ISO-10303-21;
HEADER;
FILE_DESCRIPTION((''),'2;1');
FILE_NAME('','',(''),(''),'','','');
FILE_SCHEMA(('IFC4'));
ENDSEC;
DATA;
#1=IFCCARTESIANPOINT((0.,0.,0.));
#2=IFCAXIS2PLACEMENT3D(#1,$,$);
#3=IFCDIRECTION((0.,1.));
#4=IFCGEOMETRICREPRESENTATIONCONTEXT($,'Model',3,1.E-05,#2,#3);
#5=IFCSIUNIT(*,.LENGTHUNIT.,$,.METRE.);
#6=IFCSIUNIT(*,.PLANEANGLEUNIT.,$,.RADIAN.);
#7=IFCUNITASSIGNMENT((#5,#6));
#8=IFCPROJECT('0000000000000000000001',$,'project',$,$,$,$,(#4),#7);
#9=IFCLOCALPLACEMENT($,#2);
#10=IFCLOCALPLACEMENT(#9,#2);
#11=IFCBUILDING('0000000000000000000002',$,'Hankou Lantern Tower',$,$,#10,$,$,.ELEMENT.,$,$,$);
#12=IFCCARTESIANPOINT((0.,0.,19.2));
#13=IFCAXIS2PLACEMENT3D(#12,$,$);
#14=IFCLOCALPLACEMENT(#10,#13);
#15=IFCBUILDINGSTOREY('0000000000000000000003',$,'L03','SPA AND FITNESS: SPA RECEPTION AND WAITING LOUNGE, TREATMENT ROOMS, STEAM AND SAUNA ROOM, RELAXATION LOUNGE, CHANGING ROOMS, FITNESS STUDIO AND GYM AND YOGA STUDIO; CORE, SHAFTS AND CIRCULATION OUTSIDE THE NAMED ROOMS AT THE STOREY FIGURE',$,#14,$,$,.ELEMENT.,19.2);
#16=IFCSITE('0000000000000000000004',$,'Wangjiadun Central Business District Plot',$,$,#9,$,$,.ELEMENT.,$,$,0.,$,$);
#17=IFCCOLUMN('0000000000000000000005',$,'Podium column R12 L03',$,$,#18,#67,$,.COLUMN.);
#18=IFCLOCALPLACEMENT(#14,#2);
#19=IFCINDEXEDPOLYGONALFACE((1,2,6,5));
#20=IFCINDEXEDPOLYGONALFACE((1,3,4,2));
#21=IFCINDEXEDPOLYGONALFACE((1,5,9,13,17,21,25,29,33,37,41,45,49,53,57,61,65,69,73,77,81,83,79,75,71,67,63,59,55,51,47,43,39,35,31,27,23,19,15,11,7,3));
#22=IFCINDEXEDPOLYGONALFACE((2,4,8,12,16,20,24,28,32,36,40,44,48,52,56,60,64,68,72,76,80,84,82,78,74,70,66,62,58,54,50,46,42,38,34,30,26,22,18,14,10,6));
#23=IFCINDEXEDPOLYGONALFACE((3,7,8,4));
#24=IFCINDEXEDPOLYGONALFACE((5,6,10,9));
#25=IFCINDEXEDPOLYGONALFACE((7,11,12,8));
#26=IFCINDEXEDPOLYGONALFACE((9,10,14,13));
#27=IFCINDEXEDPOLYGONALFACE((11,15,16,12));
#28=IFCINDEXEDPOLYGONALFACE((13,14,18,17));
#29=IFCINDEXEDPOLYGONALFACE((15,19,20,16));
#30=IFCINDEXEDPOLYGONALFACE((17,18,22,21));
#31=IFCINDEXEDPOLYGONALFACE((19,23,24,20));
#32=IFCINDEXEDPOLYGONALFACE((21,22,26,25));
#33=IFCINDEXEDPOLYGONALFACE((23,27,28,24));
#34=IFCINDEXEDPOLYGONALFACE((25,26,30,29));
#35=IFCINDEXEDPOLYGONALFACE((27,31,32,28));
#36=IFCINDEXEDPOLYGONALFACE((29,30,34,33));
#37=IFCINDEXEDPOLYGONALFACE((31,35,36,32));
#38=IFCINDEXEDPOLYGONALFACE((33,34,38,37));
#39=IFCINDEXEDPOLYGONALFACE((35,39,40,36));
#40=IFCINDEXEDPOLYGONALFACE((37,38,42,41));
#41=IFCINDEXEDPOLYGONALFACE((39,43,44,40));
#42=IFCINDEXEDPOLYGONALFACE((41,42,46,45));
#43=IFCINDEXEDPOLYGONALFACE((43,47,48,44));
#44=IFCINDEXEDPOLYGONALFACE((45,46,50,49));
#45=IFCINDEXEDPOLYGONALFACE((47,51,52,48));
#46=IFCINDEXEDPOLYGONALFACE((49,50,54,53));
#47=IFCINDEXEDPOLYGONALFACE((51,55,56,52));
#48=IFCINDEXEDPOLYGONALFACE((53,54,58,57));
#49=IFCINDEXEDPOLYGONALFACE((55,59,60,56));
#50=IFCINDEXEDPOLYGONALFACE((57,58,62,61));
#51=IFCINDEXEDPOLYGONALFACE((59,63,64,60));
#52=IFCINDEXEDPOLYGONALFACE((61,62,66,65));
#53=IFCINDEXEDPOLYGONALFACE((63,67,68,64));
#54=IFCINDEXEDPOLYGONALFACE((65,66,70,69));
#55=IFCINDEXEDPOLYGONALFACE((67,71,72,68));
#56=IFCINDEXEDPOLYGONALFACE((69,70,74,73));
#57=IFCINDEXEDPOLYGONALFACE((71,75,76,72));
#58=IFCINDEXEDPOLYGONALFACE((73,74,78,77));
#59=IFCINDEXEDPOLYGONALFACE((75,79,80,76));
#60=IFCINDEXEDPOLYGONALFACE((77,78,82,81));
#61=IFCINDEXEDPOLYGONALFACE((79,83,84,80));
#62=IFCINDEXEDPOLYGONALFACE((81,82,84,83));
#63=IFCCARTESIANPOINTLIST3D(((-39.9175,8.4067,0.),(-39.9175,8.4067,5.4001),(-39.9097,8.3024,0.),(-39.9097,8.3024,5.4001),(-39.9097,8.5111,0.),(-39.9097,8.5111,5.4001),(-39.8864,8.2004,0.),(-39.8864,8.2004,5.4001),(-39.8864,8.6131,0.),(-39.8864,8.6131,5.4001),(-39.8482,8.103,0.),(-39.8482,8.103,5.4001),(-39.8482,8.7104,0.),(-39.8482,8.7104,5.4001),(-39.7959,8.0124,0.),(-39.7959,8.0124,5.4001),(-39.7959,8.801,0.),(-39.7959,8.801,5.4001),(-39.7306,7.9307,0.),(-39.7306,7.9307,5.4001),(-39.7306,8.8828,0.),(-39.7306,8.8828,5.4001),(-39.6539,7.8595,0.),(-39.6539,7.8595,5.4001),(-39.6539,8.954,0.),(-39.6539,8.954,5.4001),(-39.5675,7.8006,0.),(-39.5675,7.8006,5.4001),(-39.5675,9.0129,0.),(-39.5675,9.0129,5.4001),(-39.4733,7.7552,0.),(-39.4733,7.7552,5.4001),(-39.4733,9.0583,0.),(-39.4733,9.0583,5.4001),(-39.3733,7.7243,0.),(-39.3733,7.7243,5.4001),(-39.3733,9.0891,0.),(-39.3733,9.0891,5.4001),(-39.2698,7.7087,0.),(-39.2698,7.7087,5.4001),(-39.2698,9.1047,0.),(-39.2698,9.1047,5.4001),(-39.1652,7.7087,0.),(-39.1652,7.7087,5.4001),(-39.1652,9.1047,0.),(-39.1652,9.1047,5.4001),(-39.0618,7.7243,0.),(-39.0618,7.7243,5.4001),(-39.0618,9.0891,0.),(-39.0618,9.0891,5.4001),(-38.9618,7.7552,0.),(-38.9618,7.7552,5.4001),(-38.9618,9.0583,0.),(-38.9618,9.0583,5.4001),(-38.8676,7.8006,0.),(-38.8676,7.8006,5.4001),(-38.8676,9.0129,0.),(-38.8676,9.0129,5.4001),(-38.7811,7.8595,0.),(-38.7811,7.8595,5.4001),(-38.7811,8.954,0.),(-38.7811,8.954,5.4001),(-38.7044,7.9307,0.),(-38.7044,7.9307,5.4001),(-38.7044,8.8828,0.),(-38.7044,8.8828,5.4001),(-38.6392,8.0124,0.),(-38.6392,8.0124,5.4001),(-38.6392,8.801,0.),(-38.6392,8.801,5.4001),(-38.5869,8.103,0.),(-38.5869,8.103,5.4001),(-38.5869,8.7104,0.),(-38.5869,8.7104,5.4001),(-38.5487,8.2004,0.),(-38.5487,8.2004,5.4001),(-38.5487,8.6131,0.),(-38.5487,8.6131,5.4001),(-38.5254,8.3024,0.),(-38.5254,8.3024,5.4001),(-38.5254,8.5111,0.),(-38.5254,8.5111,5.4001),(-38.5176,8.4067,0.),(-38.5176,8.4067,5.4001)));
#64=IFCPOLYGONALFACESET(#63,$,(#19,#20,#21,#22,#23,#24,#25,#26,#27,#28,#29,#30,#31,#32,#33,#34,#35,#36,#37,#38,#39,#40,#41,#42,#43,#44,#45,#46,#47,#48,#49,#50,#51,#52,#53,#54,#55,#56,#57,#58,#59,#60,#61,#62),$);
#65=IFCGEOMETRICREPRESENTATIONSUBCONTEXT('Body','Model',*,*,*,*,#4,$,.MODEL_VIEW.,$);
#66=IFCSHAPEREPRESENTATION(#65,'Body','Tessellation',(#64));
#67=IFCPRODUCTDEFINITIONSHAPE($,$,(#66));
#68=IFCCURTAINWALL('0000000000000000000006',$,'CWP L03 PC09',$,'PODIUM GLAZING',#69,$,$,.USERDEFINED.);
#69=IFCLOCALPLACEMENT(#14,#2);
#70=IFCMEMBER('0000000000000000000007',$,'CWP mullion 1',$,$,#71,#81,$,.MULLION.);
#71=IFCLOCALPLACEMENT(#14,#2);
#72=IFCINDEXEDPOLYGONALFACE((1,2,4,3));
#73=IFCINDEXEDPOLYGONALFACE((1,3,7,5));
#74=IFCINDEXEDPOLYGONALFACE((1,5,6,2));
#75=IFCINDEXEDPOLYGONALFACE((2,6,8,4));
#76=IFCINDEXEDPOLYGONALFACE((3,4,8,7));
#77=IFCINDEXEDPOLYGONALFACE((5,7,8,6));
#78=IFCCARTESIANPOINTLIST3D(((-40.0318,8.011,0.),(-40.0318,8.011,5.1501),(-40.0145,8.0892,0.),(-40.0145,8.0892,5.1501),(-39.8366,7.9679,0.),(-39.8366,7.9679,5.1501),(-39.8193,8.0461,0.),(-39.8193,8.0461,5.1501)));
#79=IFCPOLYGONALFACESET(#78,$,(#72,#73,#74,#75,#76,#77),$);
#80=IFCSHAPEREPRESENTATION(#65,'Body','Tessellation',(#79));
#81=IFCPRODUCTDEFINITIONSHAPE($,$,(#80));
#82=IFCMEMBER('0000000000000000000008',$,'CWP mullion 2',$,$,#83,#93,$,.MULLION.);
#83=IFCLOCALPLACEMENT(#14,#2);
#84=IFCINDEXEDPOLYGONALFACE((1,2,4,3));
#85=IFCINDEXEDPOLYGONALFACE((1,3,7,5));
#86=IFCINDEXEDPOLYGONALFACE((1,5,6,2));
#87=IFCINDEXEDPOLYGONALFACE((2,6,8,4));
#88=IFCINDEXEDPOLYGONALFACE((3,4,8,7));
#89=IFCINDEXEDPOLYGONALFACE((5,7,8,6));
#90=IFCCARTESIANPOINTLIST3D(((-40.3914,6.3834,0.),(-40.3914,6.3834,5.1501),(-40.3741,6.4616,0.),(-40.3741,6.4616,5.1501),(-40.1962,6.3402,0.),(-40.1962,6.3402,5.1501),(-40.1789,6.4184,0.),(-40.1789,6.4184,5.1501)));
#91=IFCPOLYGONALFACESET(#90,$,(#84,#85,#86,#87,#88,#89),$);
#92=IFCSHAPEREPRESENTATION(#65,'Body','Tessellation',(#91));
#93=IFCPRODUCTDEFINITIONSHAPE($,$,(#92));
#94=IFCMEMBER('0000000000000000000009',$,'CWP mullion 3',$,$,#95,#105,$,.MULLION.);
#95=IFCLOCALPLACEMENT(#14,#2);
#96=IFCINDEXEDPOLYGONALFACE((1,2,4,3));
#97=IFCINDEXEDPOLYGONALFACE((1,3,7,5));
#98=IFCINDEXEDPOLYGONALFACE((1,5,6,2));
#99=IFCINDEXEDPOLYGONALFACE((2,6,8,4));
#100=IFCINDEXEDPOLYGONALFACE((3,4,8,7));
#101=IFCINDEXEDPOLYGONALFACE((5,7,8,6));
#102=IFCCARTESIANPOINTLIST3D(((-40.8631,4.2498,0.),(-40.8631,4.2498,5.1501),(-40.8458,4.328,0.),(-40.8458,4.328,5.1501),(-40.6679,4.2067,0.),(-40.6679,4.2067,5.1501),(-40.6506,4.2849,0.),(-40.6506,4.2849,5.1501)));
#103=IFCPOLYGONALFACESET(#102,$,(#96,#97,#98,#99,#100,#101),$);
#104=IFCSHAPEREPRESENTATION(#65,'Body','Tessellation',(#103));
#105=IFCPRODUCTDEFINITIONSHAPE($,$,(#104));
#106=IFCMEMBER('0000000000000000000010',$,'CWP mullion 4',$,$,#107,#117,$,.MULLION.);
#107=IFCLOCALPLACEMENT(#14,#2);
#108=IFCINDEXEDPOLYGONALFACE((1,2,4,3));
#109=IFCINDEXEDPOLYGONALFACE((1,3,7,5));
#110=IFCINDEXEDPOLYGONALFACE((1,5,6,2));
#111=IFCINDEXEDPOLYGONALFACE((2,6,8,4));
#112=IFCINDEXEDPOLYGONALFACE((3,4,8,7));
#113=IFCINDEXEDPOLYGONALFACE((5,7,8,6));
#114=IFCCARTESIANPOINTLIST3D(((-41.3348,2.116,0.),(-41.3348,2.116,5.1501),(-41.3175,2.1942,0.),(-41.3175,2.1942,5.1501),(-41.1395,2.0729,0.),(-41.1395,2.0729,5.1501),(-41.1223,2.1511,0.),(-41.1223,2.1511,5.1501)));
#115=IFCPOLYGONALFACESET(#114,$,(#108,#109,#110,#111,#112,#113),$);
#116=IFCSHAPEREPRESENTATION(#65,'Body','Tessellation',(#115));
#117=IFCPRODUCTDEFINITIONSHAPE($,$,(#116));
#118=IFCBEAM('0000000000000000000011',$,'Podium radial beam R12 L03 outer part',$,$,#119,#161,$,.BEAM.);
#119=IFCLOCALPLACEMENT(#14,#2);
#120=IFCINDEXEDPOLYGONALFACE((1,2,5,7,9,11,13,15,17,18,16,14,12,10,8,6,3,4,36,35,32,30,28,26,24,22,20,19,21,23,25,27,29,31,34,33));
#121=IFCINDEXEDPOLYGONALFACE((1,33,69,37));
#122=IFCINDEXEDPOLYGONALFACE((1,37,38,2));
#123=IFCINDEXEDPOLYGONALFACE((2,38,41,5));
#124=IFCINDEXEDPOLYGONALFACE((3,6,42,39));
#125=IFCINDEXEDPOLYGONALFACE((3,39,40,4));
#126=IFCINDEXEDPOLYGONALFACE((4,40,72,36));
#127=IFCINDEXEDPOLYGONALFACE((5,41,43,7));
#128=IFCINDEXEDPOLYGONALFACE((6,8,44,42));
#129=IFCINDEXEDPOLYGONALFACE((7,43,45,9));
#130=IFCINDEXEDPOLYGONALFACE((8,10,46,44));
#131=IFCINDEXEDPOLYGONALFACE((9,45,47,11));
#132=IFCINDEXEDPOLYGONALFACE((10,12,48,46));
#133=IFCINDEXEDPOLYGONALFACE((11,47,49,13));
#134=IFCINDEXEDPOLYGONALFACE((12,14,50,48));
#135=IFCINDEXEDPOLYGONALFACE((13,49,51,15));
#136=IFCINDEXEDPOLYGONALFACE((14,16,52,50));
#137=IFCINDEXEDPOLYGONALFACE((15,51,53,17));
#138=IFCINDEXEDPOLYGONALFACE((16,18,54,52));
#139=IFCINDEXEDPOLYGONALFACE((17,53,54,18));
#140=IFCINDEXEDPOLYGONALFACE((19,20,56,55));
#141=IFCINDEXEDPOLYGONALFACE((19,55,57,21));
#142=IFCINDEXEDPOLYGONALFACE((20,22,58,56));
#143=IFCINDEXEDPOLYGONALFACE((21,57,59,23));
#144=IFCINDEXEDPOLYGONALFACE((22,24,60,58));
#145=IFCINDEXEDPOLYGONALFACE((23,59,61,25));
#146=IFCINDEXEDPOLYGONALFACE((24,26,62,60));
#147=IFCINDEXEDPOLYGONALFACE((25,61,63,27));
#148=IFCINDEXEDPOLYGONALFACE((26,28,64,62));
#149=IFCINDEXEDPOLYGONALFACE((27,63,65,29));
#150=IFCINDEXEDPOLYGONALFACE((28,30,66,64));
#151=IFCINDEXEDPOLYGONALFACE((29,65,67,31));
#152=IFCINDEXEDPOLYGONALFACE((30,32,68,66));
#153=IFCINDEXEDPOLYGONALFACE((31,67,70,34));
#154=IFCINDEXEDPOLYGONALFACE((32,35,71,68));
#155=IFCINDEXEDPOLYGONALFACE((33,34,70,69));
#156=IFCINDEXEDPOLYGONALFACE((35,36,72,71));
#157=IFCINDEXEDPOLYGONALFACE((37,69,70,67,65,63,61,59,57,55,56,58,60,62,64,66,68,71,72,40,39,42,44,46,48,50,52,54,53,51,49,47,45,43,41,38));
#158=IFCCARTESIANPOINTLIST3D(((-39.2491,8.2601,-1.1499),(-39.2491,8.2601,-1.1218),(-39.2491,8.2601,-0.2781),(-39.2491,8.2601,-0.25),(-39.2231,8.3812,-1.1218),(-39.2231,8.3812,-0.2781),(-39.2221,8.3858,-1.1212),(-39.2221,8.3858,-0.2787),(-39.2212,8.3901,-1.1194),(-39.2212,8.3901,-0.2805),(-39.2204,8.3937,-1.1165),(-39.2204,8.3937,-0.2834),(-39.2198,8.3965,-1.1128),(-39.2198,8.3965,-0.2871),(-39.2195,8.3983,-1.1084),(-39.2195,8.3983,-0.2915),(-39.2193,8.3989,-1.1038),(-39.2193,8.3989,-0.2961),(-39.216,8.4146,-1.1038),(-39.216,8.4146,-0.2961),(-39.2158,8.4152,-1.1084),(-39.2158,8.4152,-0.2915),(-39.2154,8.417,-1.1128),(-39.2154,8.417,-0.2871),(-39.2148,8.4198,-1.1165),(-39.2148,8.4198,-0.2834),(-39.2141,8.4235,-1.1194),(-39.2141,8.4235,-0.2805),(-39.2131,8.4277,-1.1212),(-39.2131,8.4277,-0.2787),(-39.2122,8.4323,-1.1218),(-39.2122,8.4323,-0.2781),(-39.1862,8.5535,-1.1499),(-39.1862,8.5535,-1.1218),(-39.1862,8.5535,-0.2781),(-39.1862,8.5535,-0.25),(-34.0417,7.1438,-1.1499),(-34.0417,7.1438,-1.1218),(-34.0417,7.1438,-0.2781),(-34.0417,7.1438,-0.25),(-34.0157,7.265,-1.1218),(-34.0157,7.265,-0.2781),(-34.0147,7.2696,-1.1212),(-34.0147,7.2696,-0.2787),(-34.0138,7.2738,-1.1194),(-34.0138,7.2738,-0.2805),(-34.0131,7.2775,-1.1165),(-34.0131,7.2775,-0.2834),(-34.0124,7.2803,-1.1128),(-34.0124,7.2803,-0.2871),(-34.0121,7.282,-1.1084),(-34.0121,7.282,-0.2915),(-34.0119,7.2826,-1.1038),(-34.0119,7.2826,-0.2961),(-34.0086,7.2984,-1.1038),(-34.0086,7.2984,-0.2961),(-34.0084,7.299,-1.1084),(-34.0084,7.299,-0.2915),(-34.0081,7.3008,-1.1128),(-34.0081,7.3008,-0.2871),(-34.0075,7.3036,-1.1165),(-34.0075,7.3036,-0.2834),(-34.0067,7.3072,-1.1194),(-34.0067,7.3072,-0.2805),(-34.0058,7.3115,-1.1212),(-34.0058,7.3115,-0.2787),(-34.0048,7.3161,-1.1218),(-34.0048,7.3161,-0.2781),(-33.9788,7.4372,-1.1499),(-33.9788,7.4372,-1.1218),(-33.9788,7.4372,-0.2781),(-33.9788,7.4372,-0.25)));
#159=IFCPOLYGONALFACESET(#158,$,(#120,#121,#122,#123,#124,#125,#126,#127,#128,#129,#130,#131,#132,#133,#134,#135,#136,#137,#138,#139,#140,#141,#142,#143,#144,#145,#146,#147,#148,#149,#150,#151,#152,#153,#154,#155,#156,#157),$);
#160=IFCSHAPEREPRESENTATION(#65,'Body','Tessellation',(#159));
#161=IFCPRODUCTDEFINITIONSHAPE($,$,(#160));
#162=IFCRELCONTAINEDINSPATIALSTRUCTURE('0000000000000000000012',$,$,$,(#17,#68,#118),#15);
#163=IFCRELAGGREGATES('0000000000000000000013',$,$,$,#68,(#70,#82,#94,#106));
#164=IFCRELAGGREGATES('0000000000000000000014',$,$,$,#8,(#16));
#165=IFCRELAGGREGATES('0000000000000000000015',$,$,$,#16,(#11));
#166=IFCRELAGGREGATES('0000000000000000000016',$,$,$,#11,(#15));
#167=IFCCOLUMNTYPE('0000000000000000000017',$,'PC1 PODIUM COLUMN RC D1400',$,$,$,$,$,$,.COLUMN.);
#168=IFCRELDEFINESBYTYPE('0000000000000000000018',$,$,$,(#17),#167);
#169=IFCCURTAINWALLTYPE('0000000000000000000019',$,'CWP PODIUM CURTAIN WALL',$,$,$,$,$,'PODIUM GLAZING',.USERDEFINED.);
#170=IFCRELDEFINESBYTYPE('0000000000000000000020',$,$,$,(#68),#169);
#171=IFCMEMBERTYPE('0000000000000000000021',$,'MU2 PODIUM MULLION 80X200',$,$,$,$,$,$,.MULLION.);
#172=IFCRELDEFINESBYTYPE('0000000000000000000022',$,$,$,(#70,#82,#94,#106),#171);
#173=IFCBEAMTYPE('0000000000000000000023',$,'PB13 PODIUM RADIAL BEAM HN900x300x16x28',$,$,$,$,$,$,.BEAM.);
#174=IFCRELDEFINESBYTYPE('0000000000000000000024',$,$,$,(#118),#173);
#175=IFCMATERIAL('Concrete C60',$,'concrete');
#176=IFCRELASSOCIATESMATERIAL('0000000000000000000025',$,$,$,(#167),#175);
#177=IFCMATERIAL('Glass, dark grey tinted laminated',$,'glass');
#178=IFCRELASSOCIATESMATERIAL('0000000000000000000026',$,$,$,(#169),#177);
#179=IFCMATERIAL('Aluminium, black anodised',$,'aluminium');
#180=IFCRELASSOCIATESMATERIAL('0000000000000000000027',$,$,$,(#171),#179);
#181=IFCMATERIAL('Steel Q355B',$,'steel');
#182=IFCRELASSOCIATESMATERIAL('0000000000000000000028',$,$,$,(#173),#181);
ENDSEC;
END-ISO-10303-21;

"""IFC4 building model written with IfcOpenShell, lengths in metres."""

from ifc_helpers import new_model, si_unit, direction, frame, origin, origin_2d, place, context, subcontext, project, spatial, rectangle, circle, i_section, extrude, material, material_profile, profile_set, type_object, element, aggregate, save


model = new_model("IFC4")

# Units and contexts
model_context = context("Model", 3, precision=1e-05, world=origin(), true_north=direction((0.0, 1.0)))
body_context = subcontext(model_context, "Body", "Model", "MODEL_VIEW")
ifc_project = project(units=[si_unit("LENGTHUNIT", "METRE"), si_unit("PLANEANGLEUNIT", "RADIAN")], contexts=[model_context])

# Site, building, storey
site_placement = place(None, origin())
site = spatial("IfcSite", under=ifc_project, at=site_placement, Name="Wangjiadun Central Business District Plot", CompositionType="ELEMENT", RefElevation=0.0)
building_placement = place(site_placement, origin())
building = spatial("IfcBuilding", under=site, at=building_placement, Name="Hankou Lantern Tower", CompositionType="ELEMENT")
storey_placement = place(building_placement, frame((0.0, 0.0, 19.2)))
storey = spatial("IfcBuildingStorey", under=building, at=storey_placement, Name="L03", Description="SPA AND FITNESS: SPA RECEPTION AND WAITING LOUNGE, TREATMENT ROOMS, STEAM AND SAUNA ROOM, RELAXATION LOUNGE, CHANGING ROOMS, FITNESS STUDIO AND GYM AND YOGA STUDIO; CORE, SHAFTS AND CIRCULATION OUTSIDE THE NAMED ROOMS AT THE STOREY FIGURE", CompositionType="ELEMENT", Elevation=19.2)

# Column
ifc_material_1 = material(Name="Concrete C60", Category="concrete")
ifc_material_profile_1 = material_profile(ifc_material_1, circle(Radius=0.7, at=origin_2d()), Name="RC D1400")
ifc_profile_set_1 = profile_set([ifc_material_profile_1], Name="Concrete C60")
column_type = type_object("IfcColumnType", Name="PC1 PODIUM COLUMN RC D1400", PredefinedType="COLUMN", material=ifc_profile_set_1)
column_placement = place(storey_placement, frame((-39.2175, 8.4067, 0.0), z_axis=(0.0, 0.0, 1.0), x_axis=(1.0, 0.0, 0.0)))
element("IfcColumn", 1, at=column_placement, inside=storey, type_object=column_type, Name="Podium column R12 L03", PredefinedType="COLUMN", context=body_context, shape_type="SweptSolid", body=[
    extrude(circle(Radius=0.7, at=origin_2d()), origin(), (0.0, 0.0, 1.0), 5.4001),
])

# Curtain wall, members
ifc_material_2 = material(Name="Glass, dark grey tinted laminated", Category="glass")
curtain_wall_type = type_object("IfcCurtainWallType", Name="CWP PODIUM CURTAIN WALL", ElementType="PODIUM GLAZING", PredefinedType="USERDEFINED", material=ifc_material_2)
curtain_wall_placement = place(storey_placement, origin())
curtain_wall = element("IfcCurtainWall", 2, at=curtain_wall_placement, inside=storey, type_object=curtain_wall_type, Name="CWP L03 PC09", ObjectType="PODIUM GLAZING", PredefinedType="USERDEFINED")
ifc_material_3 = material(Name="Aluminium, black anodised", Category="aluminium")
ifc_material_profile_2 = material_profile(ifc_material_3, rectangle(XDim=0.0801, YDim=0.2, at=origin_2d()), Name="MU2 80X200")
ifc_profile_set_2 = profile_set([ifc_material_profile_2], Name="Aluminium, black anodised")
member_type_1 = type_object("IfcMemberType", Name="MU2 PODIUM MULLION 80X200", PredefinedType="MULLION", material=ifc_profile_set_2)
member_1_placement = place(storey_placement, frame((-39.9255, 8.0286, 0.0), z_axis=(0.0, 0.0, 1.0), x_axis=(-0.215821, -0.976433, 0.0)))
member_1 = element("IfcMember", 3, at=member_1_placement, type_object=member_type_1, Name="CWP mullion 1", PredefinedType="MULLION", context=body_context, shape_type="SweptSolid", body=[
    extrude(rectangle(XDim=0.0801, YDim=0.2, at=origin_2d()), origin(), (0.0, 0.0, 1.0), 5.1501),
])
member_2_placement = place(storey_placement, frame((-40.2852, 6.4009, 0.0), z_axis=(0.0, 0.0, 1.0), x_axis=(-0.215821, -0.976433, 0.0)))
member_2 = element("IfcMember", 4, at=member_2_placement, type_object=member_type_1, Name="CWP mullion 2", PredefinedType="MULLION", context=body_context, shape_type="SweptSolid", body=[
    extrude(rectangle(XDim=0.0801, YDim=0.2, at=origin_2d()), origin(), (0.0, 0.0, 1.0), 5.1501),
])
member_3_placement = place(storey_placement, frame((-40.7568, 4.2673, 0.0), z_axis=(0.0, 0.0, 1.0), x_axis=(-0.215821, -0.976433, 0.0)))
member_3 = element("IfcMember", 5, at=member_3_placement, type_object=member_type_1, Name="CWP mullion 3", PredefinedType="MULLION", context=body_context, shape_type="SweptSolid", body=[
    extrude(rectangle(XDim=0.0801, YDim=0.2, at=origin_2d()), origin(), (0.0, 0.0, 1.0), 5.1501),
])
member_4_placement = place(storey_placement, frame((-41.2285, 2.1335, 0.0), z_axis=(0.0, 0.0, 1.0), x_axis=(-0.215821, -0.976433, 0.0)))
member_4 = element("IfcMember", 6, at=member_4_placement, type_object=member_type_1, Name="CWP mullion 4", PredefinedType="MULLION", context=body_context, shape_type="SweptSolid", body=[
    extrude(rectangle(XDim=0.0801, YDim=0.2, at=origin_2d()), origin(), (0.0, 0.0, 1.0), 5.1501),
])

# Beam
ifc_material_4 = material(Name="Steel Q355B", Category="steel")
ifc_material_profile_3 = material_profile(ifc_material_4, i_section(OverallWidth=0.3, OverallDepth=0.8999, WebThickness=0.0161, FlangeThickness=0.0281, FilletRadius=0.0181, at=origin_2d()), Name="HN900x300x16x28")
ifc_profile_set_3 = profile_set([ifc_material_profile_3], Name="Steel Q355B")
beam_type_1 = type_object("IfcBeamType", Name="PB13 PODIUM RADIAL BEAM HN900x300x16x28", PredefinedType="BEAM", material=ifc_profile_set_3)
beam_1_placement = place(storey_placement, frame((-34.0103, 7.2905, -0.7), z_axis=(-0.977788, 0.209595, 0.0), x_axis=(-0.209595, -0.977788, 0.0)))
element("IfcBeam", 7, at=beam_1_placement, inside=storey, type_object=beam_type_1, Name="Podium radial beam R12 L03 outer part", PredefinedType="BEAM", context=body_context, shape_type="SweptSolid", body=[
    extrude(i_section(OverallWidth=0.3, OverallDepth=0.8999, WebThickness=0.0161, FlangeThickness=0.0281, FilletRadius=0.0181, at=origin_2d()), origin(), (0.0, 0.0, 1.0), 5.3257),
])

aggregate(curtain_wall, [member_1, member_2, member_3, member_4])

save(model, "model.ifc")
